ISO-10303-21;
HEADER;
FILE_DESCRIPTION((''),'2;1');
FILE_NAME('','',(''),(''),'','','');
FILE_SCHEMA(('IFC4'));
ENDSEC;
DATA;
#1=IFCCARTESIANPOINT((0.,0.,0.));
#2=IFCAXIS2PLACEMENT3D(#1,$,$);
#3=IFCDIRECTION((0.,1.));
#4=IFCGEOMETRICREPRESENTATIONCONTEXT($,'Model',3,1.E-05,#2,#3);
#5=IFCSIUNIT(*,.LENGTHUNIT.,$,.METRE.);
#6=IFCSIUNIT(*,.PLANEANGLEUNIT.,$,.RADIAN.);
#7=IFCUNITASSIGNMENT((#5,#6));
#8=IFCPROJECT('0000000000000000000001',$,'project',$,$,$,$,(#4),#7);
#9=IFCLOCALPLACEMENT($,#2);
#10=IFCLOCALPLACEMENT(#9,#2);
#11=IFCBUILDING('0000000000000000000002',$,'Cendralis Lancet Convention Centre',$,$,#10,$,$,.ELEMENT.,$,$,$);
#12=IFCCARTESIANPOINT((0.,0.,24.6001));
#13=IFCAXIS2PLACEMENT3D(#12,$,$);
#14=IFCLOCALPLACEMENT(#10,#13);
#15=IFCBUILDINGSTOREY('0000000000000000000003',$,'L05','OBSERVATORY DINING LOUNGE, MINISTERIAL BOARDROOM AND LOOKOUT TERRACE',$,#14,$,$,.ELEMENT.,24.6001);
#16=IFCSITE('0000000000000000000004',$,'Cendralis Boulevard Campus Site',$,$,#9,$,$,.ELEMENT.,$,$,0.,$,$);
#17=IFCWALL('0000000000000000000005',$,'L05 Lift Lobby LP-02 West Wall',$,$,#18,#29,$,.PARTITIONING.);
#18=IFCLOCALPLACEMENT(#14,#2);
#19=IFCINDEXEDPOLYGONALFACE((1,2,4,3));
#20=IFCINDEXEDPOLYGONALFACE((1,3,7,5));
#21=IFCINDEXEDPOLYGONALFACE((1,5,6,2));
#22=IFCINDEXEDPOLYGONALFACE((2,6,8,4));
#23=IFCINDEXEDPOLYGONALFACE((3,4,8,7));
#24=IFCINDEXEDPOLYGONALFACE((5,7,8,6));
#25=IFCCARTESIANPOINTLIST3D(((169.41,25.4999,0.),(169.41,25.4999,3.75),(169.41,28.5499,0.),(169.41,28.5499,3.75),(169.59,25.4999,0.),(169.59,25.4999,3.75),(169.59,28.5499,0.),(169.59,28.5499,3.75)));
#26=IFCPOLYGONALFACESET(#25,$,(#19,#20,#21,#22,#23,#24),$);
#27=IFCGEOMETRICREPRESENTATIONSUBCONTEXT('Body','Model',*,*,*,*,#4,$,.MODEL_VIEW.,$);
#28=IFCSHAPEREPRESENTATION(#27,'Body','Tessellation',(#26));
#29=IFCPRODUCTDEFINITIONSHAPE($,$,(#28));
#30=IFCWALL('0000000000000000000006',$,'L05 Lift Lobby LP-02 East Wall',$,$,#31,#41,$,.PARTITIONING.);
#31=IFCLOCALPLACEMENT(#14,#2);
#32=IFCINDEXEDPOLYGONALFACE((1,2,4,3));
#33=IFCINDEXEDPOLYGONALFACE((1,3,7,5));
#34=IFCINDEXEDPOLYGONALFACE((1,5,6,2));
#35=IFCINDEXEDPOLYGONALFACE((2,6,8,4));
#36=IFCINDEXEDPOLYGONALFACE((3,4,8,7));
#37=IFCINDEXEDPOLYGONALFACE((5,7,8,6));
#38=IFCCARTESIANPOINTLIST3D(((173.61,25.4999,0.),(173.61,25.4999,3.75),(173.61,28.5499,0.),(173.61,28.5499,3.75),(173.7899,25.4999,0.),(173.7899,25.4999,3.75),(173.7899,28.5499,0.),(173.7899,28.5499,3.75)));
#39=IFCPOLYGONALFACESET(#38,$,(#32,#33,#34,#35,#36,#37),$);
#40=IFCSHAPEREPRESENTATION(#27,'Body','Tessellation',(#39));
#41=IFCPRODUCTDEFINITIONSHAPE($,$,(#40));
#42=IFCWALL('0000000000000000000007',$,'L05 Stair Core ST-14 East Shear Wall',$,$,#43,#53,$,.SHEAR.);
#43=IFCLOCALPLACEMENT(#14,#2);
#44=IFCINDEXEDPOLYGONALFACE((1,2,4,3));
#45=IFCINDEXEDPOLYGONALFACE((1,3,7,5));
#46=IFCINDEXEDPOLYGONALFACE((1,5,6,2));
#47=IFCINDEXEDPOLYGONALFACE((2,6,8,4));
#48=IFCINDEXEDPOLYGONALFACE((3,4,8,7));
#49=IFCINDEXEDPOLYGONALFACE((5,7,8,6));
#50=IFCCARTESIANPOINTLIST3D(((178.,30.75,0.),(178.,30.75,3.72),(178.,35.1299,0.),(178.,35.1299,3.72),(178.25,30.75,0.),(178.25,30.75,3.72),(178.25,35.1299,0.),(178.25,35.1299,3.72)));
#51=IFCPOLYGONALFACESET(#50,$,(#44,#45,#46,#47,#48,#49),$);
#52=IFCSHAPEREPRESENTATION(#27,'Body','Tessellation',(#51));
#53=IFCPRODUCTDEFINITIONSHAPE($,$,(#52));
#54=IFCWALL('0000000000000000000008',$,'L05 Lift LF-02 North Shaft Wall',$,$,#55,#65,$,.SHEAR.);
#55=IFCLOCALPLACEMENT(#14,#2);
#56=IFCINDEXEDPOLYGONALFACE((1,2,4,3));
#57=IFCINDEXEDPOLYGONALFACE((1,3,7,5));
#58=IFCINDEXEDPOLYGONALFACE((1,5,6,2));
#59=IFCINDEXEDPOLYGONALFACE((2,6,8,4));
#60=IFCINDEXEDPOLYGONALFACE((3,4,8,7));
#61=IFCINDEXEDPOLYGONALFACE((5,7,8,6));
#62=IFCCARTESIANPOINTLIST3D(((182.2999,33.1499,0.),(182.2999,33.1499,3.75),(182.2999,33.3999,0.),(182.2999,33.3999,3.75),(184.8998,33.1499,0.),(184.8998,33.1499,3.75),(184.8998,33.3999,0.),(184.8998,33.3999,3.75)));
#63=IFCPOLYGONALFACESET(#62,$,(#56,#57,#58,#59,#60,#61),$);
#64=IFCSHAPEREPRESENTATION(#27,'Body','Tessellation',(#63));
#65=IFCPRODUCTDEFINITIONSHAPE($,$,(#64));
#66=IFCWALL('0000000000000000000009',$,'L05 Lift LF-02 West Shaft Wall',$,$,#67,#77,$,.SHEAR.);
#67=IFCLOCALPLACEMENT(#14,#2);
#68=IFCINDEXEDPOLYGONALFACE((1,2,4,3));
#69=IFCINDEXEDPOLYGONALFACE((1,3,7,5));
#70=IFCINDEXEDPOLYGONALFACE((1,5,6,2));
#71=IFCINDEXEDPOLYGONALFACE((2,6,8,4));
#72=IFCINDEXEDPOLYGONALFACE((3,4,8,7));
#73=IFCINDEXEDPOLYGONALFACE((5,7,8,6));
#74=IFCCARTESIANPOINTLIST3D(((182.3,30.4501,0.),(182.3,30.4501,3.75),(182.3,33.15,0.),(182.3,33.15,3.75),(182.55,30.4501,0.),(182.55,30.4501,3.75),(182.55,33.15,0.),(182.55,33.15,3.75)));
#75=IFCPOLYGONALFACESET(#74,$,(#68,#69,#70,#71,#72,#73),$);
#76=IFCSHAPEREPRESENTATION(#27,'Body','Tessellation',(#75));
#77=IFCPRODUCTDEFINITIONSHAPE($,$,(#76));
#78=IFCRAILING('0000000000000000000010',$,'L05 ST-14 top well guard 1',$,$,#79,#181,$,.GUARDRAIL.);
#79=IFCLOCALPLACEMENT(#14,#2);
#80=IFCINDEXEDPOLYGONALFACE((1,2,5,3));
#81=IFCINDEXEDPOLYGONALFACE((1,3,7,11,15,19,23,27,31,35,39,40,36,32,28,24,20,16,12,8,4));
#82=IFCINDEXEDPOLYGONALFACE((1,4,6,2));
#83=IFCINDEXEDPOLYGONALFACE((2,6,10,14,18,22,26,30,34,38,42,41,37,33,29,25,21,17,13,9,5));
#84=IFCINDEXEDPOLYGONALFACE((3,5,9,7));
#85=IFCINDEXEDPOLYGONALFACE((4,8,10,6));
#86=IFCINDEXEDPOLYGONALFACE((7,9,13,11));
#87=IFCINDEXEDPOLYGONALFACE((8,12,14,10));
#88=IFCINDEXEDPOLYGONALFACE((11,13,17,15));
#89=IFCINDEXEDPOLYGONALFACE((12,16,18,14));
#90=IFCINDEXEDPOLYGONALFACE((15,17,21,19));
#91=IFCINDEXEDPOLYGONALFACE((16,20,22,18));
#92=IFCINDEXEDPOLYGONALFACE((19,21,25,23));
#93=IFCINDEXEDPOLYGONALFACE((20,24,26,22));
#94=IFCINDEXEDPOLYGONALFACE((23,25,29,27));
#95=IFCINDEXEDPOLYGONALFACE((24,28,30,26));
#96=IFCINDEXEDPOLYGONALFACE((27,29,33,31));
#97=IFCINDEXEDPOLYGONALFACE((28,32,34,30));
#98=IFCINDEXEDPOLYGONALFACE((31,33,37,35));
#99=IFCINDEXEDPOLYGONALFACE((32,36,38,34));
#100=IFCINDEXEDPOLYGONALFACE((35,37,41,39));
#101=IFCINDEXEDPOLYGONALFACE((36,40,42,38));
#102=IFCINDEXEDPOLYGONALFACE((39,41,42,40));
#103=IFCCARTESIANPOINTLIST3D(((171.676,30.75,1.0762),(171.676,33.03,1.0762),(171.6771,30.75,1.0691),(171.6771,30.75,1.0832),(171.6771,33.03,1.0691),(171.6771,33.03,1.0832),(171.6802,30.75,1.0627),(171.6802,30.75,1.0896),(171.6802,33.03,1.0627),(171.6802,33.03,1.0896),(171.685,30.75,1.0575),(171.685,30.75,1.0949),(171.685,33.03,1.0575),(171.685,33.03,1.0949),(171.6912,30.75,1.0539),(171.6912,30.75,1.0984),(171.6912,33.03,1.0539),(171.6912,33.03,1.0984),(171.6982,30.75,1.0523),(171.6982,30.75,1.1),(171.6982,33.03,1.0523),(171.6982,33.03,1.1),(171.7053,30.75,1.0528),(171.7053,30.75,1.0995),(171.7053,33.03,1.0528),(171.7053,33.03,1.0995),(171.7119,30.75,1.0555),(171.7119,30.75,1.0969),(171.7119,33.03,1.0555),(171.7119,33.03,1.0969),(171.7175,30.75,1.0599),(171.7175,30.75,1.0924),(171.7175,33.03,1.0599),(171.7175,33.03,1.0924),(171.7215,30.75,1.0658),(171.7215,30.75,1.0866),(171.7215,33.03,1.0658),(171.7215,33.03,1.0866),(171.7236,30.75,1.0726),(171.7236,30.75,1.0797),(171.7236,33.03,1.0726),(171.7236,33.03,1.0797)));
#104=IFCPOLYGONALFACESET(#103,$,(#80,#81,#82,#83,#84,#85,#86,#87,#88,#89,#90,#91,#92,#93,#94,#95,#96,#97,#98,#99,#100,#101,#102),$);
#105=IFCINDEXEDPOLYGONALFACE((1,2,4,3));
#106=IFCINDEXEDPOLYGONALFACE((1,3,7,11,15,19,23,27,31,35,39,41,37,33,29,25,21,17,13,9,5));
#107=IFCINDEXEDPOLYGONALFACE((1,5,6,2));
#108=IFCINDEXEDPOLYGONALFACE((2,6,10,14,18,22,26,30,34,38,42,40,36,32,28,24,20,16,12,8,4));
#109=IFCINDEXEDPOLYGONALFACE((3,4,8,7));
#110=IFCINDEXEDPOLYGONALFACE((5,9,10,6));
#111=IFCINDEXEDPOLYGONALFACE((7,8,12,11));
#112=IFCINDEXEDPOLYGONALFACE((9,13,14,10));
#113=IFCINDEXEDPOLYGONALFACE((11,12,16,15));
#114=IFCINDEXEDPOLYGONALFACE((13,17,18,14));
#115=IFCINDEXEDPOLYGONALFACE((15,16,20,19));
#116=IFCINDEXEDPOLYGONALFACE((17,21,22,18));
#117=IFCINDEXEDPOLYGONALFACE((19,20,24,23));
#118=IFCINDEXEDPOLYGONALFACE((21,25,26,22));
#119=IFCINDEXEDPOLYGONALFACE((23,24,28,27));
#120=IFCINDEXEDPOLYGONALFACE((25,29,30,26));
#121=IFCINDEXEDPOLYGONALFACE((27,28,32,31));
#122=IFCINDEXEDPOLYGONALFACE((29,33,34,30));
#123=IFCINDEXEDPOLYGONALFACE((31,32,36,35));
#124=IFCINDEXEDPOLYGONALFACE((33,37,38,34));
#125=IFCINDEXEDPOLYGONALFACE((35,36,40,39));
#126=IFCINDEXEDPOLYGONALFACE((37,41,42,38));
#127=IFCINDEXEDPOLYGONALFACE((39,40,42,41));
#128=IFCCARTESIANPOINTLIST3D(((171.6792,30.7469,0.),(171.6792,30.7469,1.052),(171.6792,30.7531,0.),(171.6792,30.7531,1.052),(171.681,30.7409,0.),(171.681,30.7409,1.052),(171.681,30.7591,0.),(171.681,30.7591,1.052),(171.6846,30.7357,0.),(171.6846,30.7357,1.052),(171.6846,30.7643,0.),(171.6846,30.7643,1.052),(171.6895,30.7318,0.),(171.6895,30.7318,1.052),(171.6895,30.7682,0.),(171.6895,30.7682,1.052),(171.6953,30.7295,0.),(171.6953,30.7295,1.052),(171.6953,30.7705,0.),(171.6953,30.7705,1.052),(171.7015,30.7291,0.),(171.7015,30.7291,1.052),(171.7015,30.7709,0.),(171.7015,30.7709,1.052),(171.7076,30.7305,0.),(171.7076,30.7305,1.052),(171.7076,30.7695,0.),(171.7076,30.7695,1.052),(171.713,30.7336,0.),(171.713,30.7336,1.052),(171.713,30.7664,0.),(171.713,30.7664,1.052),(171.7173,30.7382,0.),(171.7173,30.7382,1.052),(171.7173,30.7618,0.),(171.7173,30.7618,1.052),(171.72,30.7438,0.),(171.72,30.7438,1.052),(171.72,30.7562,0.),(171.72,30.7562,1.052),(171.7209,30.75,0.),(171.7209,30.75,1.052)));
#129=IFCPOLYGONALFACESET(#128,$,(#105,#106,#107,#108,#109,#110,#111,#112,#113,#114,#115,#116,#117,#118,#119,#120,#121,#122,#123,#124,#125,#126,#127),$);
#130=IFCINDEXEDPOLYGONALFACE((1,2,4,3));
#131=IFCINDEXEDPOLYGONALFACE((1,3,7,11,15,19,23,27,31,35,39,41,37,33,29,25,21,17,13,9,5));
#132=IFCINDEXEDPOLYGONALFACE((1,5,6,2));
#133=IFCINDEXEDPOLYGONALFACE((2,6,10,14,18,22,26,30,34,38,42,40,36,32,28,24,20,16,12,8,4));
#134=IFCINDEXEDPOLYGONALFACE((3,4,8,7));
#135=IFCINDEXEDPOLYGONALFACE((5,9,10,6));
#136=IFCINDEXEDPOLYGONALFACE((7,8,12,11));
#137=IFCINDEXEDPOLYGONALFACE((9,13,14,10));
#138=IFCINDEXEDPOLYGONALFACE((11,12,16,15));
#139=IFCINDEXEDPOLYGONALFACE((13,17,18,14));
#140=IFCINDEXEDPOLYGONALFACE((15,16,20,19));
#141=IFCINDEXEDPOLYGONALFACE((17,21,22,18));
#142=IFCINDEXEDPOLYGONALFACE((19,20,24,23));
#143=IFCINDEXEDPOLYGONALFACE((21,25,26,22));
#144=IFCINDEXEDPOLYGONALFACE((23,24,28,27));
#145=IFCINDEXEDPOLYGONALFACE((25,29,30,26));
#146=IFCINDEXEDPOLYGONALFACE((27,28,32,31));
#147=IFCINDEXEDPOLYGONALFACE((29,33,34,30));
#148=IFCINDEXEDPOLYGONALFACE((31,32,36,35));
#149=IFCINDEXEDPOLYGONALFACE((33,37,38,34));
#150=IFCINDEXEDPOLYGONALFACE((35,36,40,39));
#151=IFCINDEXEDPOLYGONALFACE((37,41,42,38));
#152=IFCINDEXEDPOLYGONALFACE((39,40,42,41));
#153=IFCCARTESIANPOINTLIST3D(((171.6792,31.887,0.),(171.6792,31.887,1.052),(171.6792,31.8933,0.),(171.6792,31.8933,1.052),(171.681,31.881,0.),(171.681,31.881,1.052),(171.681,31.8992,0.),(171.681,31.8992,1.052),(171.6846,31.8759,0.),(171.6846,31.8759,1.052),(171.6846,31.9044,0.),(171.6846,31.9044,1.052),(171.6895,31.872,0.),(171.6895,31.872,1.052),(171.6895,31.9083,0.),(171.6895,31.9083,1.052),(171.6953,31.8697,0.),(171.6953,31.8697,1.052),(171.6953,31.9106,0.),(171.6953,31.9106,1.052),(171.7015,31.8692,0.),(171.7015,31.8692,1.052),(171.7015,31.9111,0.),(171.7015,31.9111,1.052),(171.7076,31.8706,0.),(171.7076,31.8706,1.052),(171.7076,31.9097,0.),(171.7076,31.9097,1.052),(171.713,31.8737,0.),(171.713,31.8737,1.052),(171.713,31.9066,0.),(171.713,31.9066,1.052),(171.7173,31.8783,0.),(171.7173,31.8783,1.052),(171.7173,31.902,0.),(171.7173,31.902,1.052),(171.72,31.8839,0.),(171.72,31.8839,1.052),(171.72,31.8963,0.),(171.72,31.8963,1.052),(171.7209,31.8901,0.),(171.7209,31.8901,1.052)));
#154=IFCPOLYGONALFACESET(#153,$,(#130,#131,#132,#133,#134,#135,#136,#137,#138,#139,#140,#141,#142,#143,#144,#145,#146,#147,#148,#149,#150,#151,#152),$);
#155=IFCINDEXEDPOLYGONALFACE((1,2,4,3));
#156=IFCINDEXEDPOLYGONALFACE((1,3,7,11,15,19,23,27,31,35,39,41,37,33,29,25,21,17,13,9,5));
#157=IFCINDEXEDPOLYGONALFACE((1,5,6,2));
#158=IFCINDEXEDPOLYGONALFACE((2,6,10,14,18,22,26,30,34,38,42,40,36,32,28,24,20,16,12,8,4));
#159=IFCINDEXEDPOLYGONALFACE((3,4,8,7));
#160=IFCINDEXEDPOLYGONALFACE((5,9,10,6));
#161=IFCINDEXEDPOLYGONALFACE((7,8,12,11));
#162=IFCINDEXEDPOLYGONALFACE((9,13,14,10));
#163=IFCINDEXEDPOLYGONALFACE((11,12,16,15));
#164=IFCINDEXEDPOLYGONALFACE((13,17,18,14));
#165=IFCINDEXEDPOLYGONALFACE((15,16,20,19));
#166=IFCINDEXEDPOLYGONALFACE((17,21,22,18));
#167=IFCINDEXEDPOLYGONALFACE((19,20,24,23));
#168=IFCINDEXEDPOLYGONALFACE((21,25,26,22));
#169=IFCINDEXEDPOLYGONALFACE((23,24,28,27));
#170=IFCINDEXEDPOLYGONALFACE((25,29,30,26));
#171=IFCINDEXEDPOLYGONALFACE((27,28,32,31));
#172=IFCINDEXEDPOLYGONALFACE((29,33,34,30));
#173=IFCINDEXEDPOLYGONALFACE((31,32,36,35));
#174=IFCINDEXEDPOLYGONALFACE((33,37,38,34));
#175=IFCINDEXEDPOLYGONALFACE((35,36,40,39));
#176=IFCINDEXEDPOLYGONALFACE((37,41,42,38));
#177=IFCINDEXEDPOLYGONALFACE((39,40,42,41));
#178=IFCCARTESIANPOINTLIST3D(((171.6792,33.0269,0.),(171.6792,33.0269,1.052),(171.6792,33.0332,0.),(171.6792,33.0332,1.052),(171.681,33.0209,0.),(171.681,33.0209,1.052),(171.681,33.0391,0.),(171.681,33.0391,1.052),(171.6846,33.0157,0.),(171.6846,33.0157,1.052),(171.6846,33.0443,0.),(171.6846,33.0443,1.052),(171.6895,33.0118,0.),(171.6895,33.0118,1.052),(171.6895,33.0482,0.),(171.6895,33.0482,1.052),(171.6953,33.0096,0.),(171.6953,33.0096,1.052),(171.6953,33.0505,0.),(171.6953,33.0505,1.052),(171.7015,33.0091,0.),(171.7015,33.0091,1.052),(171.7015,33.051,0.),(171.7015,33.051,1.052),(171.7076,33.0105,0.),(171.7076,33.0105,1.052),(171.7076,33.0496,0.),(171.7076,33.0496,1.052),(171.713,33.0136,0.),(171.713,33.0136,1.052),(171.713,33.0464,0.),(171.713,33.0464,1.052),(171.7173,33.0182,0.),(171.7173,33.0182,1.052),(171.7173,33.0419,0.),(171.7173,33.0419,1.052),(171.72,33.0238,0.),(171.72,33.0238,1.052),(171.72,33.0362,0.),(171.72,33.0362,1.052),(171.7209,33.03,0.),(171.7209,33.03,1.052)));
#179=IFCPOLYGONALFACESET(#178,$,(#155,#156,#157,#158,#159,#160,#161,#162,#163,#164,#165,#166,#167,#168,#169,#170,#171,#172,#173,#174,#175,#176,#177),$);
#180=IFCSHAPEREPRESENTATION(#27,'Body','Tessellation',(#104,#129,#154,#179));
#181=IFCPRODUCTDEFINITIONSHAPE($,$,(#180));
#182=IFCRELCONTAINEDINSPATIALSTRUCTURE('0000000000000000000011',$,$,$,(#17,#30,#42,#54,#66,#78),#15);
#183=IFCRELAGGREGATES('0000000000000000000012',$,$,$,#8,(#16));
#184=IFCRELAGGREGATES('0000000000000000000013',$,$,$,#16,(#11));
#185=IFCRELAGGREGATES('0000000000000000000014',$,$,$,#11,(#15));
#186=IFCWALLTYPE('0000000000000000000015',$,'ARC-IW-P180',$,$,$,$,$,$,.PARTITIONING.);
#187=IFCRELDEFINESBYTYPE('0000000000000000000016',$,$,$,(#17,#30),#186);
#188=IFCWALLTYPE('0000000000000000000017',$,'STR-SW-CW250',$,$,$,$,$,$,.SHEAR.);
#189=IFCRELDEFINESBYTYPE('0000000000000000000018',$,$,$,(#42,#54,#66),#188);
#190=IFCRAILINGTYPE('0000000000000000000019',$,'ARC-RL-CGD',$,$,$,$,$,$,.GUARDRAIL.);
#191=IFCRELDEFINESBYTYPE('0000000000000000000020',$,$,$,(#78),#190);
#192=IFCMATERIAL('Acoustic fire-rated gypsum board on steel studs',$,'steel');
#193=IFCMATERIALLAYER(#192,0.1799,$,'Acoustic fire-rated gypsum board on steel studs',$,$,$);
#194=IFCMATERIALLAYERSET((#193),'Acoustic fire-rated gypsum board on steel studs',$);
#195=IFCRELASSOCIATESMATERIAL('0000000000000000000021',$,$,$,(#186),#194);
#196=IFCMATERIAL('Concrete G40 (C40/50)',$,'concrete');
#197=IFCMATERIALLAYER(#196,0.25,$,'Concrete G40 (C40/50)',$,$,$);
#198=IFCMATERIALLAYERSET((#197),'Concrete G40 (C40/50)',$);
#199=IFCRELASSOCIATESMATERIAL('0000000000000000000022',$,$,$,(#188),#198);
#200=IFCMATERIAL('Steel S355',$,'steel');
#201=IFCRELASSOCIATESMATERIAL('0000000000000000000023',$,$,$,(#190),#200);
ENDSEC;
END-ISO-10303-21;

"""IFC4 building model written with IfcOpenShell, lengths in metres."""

from ifc_helpers import new_model, si_unit, direction, frame, frame_2d, origin, origin_2d, place, context, subcontext, project, spatial, rectangle, circle, extrude, material, layer, layer_set, type_object, element, save


model = new_model("IFC4")

# Units and contexts
model_context = context("Model", 3, precision=1e-05, world=origin(), true_north=direction((0.0, 1.0)))
body_context = subcontext(model_context, "Body", "Model", "MODEL_VIEW")
ifc_project = project(units=[si_unit("LENGTHUNIT", "METRE"), si_unit("PLANEANGLEUNIT", "RADIAN")], contexts=[model_context])

# Site, building, storey
site_placement = place(None, origin())
site = spatial("IfcSite", under=ifc_project, at=site_placement, Name="Cendralis Boulevard Campus Site", CompositionType="ELEMENT", RefElevation=0.0)
building_placement = place(site_placement, origin())
building = spatial("IfcBuilding", under=site, at=building_placement, Name="Cendralis Lancet Convention Centre", CompositionType="ELEMENT")
storey_placement = place(building_placement, frame((0.0, 0.0, 24.6001)))
storey = spatial("IfcBuildingStorey", under=building, at=storey_placement, Name="L05", Description="OBSERVATORY DINING LOUNGE, MINISTERIAL BOARDROOM AND LOOKOUT TERRACE", CompositionType="ELEMENT", Elevation=24.6001)

# Shared definitions
ifc_material_1 = material(Name="Concrete G40 (C40/50)", Category="concrete")

# Shared definitions
ifc_material_2 = material(Name="Steel S355", Category="steel")

# Shared definitions
ifc_material_3 = material(Name="Acoustic fire-rated gypsum board on steel studs", Category="steel")
ifc_layer_1 = layer(ifc_material_3, 0.1799, Name="Acoustic fire-rated gypsum board on steel studs")
ifc_layer_set_1 = layer_set([ifc_layer_1], Name="Acoustic fire-rated gypsum board on steel studs")
wall_type_1 = type_object("IfcWallType", Name="ARC-IW-P180", PredefinedType="PARTITIONING", material=ifc_layer_set_1)

# Walls
for number, where, z_axis, x_axis, name in (
    (1, (169.5, 25.5, 0.0), (0.0, 0.0, 1.0), (0.0, 1.0, 0.0), "L05 Lift Lobby LP-02 West Wall"),
    (2, (173.7, 25.5, 0.0), (0.0, 0.0, 1.0), (0.0, 1.0, 0.0), "L05 Lift Lobby LP-02 East Wall"),
):
    element("IfcWall", number, at=place(storey_placement, frame(where, z_axis=z_axis, x_axis=x_axis)), inside=storey, type_object=wall_type_1, Name=name, PredefinedType="PARTITIONING", context=body_context, shape_type="SweptSolid", body=[
        extrude(rectangle(XDim=3.05, YDim=0.1799, at=frame_2d((1.5249, 0.0))), origin(), (0.0, 0.0, 1.0), 3.75),
    ])
ifc_layer_2 = layer(ifc_material_1, 0.25, Name="Concrete G40 (C40/50)")
ifc_layer_set_2 = layer_set([ifc_layer_2], Name="Concrete G40 (C40/50)")
wall_type_2 = type_object("IfcWallType", Name="STR-SW-CW250", PredefinedType="SHEAR", material=ifc_layer_set_2)
wall_1_placement = place(storey_placement, frame((178.125, 30.75, 0.0), z_axis=(0.0, 0.0, 1.0), x_axis=(0.0, 1.0, 0.0)))
element("IfcWall", 3, at=wall_1_placement, inside=storey, type_object=wall_type_2, Name="L05 Stair Core ST-14 East Shear Wall", PredefinedType="SHEAR", context=body_context, shape_type="SweptSolid", body=[
    extrude(rectangle(XDim=4.3799, YDim=0.25, at=frame_2d((2.1899, 0.0))), origin(), (0.0, 0.0, 1.0), 3.72),
])

# Walls
wall_2_placement = place(storey_placement, frame((182.3, 33.2749, 0.0), z_axis=(0.0, 0.0, 1.0), x_axis=(1.0, 0.0, 0.0)))
element("IfcWall", 4, at=wall_2_placement, inside=storey, type_object=wall_type_2, Name="L05 Lift LF-02 North Shaft Wall", PredefinedType="SHEAR", context=body_context, shape_type="SweptSolid", body=[
    extrude(rectangle(XDim=2.5999, YDim=0.25, at=frame_2d((1.2998, 0.0))), origin(), (0.0, 0.0, 1.0), 3.75),
])
wall_3_placement = place(storey_placement, frame((182.425, 30.45, 0.0), z_axis=(0.0, 0.0, 1.0), x_axis=(0.0, 1.0, 0.0)))
element("IfcWall", 5, at=wall_3_placement, inside=storey, type_object=wall_type_2, Name="L05 Lift LF-02 West Shaft Wall", PredefinedType="SHEAR", context=body_context, shape_type="SweptSolid", body=[
    extrude(rectangle(XDim=2.7, YDim=0.25, at=frame_2d((1.3501, 0.0))), origin(), (0.0, 0.0, 1.0), 3.75),
])

# Railing
railing_type = type_object("IfcRailingType", Name="ARC-RL-CGD", PredefinedType="GUARDRAIL", material=ifc_material_2)
railing_placement = place(storey_placement, frame((171.7, 30.75, 0.0)))
element("IfcRailing", 6, at=railing_placement, inside=storey, type_object=railing_type, Name="L05 ST-14 top well guard 1", PredefinedType="GUARDRAIL", context=body_context, shape_type="SweptSolid", body=[
    extrude(circle(Radius=0.0239, at=origin_2d()), frame((0.0, 0.0, 1.0762), z_axis=(0.0, 1.0, 0.0), x_axis=(-1.0, 0.0, 0.0)), (0.0, 0.0, 1.0), 2.28),
    extrude(circle(Radius=0.021, at=origin_2d()), origin(), (0.0, 0.0, 1.0), 1.052),
    extrude(circle(Radius=0.021, at=origin_2d()), frame((0.0, 1.1401, 0.0)), (0.0, 0.0, 1.0), 1.052),
    extrude(circle(Radius=0.021, at=origin_2d()), frame((0.0, 2.28, 0.0)), (0.0, 0.0, 1.0), 1.052),
])

save(model, "model.ifc")
